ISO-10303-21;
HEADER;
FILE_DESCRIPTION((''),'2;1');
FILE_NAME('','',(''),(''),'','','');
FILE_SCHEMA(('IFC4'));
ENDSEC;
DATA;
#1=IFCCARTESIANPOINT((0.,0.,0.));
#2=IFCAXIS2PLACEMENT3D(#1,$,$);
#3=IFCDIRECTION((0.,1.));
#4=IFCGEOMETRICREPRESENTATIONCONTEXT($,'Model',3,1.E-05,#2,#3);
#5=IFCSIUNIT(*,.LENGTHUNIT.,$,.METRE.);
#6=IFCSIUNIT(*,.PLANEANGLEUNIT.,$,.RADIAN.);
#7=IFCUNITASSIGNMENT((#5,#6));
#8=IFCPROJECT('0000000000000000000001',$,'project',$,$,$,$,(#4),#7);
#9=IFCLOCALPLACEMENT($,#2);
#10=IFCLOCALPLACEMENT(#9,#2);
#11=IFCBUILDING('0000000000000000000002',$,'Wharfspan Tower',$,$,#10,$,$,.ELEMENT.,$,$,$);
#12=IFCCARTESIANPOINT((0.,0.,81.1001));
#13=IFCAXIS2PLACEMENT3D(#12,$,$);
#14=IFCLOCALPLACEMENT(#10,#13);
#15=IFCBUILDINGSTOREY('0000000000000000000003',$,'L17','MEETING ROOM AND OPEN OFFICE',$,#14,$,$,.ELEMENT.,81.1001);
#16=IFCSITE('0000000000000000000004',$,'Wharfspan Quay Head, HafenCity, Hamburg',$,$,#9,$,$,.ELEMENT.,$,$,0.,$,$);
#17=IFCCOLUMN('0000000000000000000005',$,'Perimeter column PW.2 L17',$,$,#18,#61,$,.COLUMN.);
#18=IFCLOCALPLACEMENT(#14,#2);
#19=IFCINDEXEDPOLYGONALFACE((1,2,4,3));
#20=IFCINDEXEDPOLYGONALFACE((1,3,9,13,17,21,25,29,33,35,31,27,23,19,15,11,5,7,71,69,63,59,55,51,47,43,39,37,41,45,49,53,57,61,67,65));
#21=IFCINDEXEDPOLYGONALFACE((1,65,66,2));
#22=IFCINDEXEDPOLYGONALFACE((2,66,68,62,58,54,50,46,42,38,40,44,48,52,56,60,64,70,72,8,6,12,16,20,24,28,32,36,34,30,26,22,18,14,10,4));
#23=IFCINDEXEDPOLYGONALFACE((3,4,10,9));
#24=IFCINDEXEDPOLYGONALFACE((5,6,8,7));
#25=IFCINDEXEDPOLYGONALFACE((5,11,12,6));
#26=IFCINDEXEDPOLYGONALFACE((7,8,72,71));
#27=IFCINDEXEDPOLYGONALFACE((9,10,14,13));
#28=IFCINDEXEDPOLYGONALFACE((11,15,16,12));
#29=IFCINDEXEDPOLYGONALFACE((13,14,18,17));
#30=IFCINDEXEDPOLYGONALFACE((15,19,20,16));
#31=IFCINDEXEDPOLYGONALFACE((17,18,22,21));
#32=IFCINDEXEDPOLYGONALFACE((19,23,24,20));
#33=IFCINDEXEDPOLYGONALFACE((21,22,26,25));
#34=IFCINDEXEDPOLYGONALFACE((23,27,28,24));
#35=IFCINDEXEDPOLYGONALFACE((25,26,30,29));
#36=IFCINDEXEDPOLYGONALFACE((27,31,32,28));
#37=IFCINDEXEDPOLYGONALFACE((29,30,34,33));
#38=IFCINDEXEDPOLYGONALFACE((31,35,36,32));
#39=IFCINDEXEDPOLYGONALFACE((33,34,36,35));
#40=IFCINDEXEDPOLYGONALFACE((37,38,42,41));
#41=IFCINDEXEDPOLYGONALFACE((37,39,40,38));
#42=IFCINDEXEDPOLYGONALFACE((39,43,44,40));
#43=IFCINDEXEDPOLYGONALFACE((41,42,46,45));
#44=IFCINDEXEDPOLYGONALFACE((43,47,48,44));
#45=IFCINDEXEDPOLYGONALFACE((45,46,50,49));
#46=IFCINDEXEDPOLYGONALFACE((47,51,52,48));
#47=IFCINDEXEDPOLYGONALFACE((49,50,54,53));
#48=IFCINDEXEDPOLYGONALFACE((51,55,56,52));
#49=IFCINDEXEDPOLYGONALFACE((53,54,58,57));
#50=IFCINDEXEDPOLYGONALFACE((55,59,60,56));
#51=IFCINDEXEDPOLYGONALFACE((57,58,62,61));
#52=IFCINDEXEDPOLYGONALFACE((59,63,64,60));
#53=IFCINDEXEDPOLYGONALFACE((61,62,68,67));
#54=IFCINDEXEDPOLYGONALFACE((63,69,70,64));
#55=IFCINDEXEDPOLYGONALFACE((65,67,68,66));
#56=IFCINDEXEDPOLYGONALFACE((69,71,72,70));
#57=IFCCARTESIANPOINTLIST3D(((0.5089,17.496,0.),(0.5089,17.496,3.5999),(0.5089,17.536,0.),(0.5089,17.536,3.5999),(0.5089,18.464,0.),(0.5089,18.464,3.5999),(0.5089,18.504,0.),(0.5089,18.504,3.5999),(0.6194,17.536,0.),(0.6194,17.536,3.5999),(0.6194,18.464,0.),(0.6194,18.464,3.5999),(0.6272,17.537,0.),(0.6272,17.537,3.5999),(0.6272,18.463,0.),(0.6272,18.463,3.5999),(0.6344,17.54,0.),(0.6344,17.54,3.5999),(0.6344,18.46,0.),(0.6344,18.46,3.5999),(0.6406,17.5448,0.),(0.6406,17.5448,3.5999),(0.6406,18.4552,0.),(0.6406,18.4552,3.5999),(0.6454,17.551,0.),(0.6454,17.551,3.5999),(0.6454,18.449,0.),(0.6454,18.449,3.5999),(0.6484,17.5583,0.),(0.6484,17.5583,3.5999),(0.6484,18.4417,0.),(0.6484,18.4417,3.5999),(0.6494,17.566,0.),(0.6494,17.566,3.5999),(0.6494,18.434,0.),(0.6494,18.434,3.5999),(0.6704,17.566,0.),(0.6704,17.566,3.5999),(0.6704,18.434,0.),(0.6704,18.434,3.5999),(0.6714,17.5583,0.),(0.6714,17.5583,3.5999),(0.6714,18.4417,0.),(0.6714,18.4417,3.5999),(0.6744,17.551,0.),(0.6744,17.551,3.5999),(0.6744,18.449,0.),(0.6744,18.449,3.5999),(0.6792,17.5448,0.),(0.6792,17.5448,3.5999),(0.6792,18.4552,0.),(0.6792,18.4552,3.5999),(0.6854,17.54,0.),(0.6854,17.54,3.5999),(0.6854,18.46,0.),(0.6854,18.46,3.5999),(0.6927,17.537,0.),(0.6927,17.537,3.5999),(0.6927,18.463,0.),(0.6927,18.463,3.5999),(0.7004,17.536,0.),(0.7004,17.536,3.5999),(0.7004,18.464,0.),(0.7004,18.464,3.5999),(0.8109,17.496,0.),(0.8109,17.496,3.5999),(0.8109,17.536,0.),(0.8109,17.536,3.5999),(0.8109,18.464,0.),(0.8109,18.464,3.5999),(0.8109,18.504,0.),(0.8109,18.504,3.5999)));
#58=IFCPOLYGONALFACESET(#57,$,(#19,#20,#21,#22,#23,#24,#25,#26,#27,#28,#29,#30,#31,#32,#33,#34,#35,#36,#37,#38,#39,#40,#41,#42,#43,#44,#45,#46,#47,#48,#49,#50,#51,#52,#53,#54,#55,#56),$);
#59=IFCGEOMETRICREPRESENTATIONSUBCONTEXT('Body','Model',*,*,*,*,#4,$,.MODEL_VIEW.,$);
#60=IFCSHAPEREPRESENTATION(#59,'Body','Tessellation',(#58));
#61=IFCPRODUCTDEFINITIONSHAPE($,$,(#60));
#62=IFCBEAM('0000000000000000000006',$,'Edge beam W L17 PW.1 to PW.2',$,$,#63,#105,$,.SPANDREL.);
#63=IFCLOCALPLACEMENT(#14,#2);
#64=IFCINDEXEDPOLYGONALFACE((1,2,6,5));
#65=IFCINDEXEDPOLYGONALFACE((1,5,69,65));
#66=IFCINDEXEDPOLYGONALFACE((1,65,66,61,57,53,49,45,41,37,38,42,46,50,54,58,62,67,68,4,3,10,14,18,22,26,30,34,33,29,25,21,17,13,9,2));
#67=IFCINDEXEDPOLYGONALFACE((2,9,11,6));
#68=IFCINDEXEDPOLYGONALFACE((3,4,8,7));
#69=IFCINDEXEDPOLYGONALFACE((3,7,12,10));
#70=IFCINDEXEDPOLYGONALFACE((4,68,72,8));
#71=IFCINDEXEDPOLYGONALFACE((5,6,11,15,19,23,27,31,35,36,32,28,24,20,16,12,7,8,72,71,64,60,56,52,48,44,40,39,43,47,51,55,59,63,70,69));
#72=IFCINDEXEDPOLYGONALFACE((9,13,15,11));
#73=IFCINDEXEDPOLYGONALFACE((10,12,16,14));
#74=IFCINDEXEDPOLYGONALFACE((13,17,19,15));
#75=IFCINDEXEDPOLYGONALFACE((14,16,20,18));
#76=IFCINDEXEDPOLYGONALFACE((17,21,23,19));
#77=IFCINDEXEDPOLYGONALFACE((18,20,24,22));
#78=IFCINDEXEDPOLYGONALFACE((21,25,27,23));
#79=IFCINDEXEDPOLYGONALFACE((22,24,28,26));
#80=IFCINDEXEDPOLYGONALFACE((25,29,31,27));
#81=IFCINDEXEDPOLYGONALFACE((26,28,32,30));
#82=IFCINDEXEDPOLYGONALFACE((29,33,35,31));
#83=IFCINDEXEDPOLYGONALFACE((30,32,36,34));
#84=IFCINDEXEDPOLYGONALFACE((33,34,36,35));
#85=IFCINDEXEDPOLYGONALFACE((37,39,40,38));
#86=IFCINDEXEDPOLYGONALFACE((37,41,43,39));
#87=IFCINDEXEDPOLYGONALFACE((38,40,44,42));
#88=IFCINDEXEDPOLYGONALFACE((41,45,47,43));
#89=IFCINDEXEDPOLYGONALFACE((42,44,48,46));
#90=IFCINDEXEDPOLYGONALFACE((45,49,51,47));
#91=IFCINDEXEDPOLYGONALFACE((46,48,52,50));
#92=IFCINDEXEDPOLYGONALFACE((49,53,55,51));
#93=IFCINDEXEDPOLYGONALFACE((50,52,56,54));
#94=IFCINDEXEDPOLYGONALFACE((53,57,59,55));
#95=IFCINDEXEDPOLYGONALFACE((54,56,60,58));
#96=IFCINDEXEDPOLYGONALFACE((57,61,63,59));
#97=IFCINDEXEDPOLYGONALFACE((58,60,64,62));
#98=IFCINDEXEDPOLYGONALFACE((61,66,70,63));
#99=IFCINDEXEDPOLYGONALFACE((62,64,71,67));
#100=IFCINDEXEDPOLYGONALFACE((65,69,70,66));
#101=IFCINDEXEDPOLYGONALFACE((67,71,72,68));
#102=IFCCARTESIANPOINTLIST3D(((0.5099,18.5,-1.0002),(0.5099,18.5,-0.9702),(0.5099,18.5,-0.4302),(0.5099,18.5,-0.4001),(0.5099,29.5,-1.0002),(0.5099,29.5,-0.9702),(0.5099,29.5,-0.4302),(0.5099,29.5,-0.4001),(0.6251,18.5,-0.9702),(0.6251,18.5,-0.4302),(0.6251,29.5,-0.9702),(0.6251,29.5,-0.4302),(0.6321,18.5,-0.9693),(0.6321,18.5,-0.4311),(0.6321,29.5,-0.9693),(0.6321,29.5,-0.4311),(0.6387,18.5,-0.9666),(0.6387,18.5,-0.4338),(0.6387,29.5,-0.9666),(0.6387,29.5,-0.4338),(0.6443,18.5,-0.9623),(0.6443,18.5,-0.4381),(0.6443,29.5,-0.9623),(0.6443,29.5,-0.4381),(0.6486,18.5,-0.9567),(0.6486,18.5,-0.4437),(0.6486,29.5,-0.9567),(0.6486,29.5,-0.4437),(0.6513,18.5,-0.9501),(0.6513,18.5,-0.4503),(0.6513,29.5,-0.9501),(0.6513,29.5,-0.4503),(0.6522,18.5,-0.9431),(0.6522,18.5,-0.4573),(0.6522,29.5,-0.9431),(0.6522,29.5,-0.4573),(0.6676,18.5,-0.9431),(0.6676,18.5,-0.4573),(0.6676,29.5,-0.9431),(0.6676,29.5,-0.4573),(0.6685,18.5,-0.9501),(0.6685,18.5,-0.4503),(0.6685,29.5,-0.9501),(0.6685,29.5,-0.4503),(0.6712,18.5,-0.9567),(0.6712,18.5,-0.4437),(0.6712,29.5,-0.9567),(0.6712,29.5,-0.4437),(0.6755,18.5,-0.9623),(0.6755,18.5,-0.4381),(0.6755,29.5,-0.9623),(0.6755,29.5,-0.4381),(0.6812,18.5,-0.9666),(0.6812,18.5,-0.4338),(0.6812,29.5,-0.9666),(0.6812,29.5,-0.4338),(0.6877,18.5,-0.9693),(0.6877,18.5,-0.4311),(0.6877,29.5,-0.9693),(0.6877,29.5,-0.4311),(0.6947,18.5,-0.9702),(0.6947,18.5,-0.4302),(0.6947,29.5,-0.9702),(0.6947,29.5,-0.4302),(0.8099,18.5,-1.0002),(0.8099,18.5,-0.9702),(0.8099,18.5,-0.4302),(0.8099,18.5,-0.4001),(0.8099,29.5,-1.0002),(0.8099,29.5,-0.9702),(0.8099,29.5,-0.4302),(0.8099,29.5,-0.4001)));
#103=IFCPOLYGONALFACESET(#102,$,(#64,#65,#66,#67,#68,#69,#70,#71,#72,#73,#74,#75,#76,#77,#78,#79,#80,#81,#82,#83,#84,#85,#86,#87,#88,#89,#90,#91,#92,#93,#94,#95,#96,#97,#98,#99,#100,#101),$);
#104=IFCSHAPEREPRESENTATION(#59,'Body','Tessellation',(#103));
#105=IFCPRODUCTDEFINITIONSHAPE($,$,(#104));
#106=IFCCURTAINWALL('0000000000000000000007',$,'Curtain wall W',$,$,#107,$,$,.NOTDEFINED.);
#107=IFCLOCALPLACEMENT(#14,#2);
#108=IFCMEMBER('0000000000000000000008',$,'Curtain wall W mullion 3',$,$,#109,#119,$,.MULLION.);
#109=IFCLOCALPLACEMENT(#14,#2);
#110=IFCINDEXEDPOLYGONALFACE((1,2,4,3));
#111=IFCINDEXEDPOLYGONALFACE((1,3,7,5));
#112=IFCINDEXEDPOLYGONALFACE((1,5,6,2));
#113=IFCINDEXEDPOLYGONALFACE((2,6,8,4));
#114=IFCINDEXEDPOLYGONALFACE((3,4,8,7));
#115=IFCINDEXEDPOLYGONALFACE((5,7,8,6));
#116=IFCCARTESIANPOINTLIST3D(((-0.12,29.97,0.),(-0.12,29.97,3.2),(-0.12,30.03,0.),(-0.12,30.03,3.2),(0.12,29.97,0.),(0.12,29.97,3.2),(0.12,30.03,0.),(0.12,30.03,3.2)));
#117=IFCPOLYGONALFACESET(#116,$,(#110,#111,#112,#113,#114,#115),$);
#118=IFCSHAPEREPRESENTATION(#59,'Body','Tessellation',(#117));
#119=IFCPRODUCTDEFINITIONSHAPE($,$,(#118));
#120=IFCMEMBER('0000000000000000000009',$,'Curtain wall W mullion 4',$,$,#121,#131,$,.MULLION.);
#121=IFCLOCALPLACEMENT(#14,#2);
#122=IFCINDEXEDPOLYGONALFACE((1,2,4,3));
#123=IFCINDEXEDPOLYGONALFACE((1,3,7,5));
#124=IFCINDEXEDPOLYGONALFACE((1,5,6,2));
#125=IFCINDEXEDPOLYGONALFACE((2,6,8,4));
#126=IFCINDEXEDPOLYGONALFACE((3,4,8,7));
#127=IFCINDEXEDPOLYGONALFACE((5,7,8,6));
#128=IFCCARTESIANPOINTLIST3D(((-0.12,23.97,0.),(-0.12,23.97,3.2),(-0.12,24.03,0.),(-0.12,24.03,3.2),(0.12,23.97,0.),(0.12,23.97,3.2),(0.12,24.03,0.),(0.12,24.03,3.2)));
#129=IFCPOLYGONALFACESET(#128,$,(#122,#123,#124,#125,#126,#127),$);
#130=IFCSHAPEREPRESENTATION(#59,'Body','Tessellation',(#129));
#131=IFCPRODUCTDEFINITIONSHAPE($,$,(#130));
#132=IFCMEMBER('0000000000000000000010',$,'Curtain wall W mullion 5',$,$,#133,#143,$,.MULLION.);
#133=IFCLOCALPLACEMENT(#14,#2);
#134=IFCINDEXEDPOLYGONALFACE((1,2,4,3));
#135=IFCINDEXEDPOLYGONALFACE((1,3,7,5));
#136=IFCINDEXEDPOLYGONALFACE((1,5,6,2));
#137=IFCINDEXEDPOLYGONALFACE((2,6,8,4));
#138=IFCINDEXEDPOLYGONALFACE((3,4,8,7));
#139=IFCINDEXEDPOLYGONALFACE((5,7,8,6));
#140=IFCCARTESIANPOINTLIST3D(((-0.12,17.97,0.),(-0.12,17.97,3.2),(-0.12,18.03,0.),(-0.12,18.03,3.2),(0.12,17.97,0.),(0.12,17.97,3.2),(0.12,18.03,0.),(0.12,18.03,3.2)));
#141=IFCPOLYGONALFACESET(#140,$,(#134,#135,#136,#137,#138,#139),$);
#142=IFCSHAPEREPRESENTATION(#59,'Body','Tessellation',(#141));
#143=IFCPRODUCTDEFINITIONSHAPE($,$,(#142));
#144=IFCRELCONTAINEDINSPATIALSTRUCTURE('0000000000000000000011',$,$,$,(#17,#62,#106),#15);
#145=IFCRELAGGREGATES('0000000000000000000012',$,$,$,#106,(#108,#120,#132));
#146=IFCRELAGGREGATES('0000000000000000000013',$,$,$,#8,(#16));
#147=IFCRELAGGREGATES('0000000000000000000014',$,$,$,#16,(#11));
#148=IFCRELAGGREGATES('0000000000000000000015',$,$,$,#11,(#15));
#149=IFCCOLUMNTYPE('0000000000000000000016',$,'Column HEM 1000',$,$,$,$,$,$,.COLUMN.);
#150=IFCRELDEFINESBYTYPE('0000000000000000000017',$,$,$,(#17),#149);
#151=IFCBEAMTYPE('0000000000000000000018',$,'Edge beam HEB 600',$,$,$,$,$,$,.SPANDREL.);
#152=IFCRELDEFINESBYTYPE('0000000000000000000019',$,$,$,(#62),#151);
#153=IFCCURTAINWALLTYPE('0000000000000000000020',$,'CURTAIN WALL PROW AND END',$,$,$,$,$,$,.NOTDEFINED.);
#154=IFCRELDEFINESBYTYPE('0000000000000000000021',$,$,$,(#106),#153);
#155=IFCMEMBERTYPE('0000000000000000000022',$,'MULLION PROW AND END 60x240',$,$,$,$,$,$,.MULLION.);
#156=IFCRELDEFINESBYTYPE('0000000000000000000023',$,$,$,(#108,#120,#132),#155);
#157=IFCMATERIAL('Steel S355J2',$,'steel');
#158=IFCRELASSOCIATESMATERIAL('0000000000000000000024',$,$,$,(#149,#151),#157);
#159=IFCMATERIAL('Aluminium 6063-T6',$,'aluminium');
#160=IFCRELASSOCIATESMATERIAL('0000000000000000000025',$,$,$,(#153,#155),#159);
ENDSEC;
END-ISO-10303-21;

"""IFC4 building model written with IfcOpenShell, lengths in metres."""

from ifc_helpers import new_model, si_unit, direction, frame, origin, origin_2d, place, context, subcontext, project, spatial, rectangle, i_section, extrude, material, material_profile, profile_set, type_object, element, aggregate, save


model = new_model("IFC4")

# Units and contexts
model_context = context("Model", 3, precision=1e-05, world=origin(), true_north=direction((0.0, 1.0)))
body_context = subcontext(model_context, "Body", "Model", "MODEL_VIEW")
ifc_project = project(units=[si_unit("LENGTHUNIT", "METRE"), si_unit("PLANEANGLEUNIT", "RADIAN")], contexts=[model_context])

# Site, building, storey
site_placement = place(None, origin())
site = spatial("IfcSite", under=ifc_project, at=site_placement, Name="Wharfspan Quay Head, HafenCity, Hamburg", CompositionType="ELEMENT", RefElevation=0.0)
building_placement = place(site_placement, origin())
building = spatial("IfcBuilding", under=site, at=building_placement, Name="Wharfspan Tower", CompositionType="ELEMENT")
storey_placement = place(building_placement, frame((0.0, 0.0, 81.1001)))
storey = spatial("IfcBuildingStorey", under=building, at=storey_placement, Name="L17", Description="MEETING ROOM AND OPEN OFFICE", CompositionType="ELEMENT", Elevation=81.1001)

# Column
ifc_material_1 = material(Name="Steel S355J2", Category="steel")
ifc_material_profile_1 = material_profile(ifc_material_1, i_section(OverallWidth=0.302, OverallDepth=1.0081, WebThickness=0.021, FlangeThickness=0.04, FilletRadius=0.03, at=origin_2d()))
ifc_profile_set_1 = profile_set([ifc_material_profile_1], Name="Steel S355J2")
column_type = type_object("IfcColumnType", Name="Column HEM 1000", PredefinedType="COLUMN", material=ifc_profile_set_1)
column_placement = place(storey_placement, frame((0.6599, 18.0, 0.0), z_axis=(0.0, 0.0, 1.0), x_axis=(-1.0, 0.0, 0.0)))
element("IfcColumn", 1, at=column_placement, inside=storey, type_object=column_type, Name="Perimeter column PW.2 L17", PredefinedType="COLUMN", context=body_context, shape_type="SweptSolid", body=[
    extrude(i_section(OverallWidth=0.302, OverallDepth=1.0081, WebThickness=0.021, FlangeThickness=0.04, FilletRadius=0.03, at=origin_2d()), origin(), (0.0, 0.0, 1.0), 3.5999),
])

# Beam
ifc_material_profile_2 = material_profile(ifc_material_1, i_section(OverallWidth=0.3, OverallDepth=0.6001, WebThickness=0.0154, FlangeThickness=0.03, FilletRadius=0.0271, at=origin_2d()))
ifc_profile_set_2 = profile_set([ifc_material_profile_2], Name="Steel S355J2")
beam_type = type_object("IfcBeamType", Name="Edge beam HEB 600", PredefinedType="SPANDREL", material=ifc_profile_set_2)
beam_placement = place(storey_placement, frame((0.6599, 29.5, -0.7002), z_axis=(0.0, -1.0, 0.0), x_axis=(1.0, 0.0, 0.0)))
element("IfcBeam", 2, at=beam_placement, inside=storey, type_object=beam_type, Name="Edge beam W L17 PW.1 to PW.2", PredefinedType="SPANDREL", context=body_context, shape_type="SweptSolid", body=[
    extrude(i_section(OverallWidth=0.3, OverallDepth=0.6001, WebThickness=0.0154, FlangeThickness=0.03, FilletRadius=0.0271, at=origin_2d()), origin(), (0.0, 0.0, 1.0), 11.0),
])

# Curtain wall, members
ifc_material_2 = material(Name="Aluminium 6063-T6", Category="aluminium")
curtain_wall_type = type_object("IfcCurtainWallType", Name="CURTAIN WALL PROW AND END", PredefinedType="NOTDEFINED", material=ifc_material_2)
curtain_wall_placement = place(storey_placement, origin())
curtain_wall = element("IfcCurtainWall", 3, at=curtain_wall_placement, inside=storey, type_object=curtain_wall_type, Name="Curtain wall W", PredefinedType="NOTDEFINED")
ifc_material_profile_3 = material_profile(ifc_material_2, rectangle(XDim=0.24, YDim=0.0601, at=origin_2d()))
ifc_profile_set_3 = profile_set([ifc_material_profile_3], Name="Aluminium 6063-T6")
member_type_1 = type_object("IfcMemberType", Name="MULLION PROW AND END 60x240", PredefinedType="MULLION", material=ifc_profile_set_3)
member_1_placement = place(storey_placement, frame((0.0, 30.0, 0.0), z_axis=(0.0, 0.0, 1.0), x_axis=(1.0, 0.0, 0.0)))
member_1 = element("IfcMember", 4, at=member_1_placement, type_object=member_type_1, Name="Curtain wall W mullion 3", PredefinedType="MULLION", context=body_context, shape_type="SweptSolid", body=[
    extrude(rectangle(XDim=0.24, YDim=0.0601, at=origin_2d()), origin(), (0.0, 0.0, 1.0), 3.2),
])
member_2_placement = place(storey_placement, frame((0.0, 24.0, 0.0), z_axis=(0.0, 0.0, 1.0), x_axis=(1.0, 0.0, 0.0)))
member_2 = element("IfcMember", 5, at=member_2_placement, type_object=member_type_1, Name="Curtain wall W mullion 4", PredefinedType="MULLION", context=body_context, shape_type="SweptSolid", body=[
    extrude(rectangle(XDim=0.24, YDim=0.0601, at=origin_2d()), origin(), (0.0, 0.0, 1.0), 3.2),
])
member_3_placement = place(storey_placement, frame((0.0, 18.0, 0.0), z_axis=(0.0, 0.0, 1.0), x_axis=(1.0, 0.0, 0.0)))
member_3 = element("IfcMember", 6, at=member_3_placement, type_object=member_type_1, Name="Curtain wall W mullion 5", PredefinedType="MULLION", context=body_context, shape_type="SweptSolid", body=[
    extrude(rectangle(XDim=0.24, YDim=0.0601, at=origin_2d()), origin(), (0.0, 0.0, 1.0), 3.2),
])

aggregate(curtain_wall, [member_1, member_2, member_3])

save(model, "model.ifc")
